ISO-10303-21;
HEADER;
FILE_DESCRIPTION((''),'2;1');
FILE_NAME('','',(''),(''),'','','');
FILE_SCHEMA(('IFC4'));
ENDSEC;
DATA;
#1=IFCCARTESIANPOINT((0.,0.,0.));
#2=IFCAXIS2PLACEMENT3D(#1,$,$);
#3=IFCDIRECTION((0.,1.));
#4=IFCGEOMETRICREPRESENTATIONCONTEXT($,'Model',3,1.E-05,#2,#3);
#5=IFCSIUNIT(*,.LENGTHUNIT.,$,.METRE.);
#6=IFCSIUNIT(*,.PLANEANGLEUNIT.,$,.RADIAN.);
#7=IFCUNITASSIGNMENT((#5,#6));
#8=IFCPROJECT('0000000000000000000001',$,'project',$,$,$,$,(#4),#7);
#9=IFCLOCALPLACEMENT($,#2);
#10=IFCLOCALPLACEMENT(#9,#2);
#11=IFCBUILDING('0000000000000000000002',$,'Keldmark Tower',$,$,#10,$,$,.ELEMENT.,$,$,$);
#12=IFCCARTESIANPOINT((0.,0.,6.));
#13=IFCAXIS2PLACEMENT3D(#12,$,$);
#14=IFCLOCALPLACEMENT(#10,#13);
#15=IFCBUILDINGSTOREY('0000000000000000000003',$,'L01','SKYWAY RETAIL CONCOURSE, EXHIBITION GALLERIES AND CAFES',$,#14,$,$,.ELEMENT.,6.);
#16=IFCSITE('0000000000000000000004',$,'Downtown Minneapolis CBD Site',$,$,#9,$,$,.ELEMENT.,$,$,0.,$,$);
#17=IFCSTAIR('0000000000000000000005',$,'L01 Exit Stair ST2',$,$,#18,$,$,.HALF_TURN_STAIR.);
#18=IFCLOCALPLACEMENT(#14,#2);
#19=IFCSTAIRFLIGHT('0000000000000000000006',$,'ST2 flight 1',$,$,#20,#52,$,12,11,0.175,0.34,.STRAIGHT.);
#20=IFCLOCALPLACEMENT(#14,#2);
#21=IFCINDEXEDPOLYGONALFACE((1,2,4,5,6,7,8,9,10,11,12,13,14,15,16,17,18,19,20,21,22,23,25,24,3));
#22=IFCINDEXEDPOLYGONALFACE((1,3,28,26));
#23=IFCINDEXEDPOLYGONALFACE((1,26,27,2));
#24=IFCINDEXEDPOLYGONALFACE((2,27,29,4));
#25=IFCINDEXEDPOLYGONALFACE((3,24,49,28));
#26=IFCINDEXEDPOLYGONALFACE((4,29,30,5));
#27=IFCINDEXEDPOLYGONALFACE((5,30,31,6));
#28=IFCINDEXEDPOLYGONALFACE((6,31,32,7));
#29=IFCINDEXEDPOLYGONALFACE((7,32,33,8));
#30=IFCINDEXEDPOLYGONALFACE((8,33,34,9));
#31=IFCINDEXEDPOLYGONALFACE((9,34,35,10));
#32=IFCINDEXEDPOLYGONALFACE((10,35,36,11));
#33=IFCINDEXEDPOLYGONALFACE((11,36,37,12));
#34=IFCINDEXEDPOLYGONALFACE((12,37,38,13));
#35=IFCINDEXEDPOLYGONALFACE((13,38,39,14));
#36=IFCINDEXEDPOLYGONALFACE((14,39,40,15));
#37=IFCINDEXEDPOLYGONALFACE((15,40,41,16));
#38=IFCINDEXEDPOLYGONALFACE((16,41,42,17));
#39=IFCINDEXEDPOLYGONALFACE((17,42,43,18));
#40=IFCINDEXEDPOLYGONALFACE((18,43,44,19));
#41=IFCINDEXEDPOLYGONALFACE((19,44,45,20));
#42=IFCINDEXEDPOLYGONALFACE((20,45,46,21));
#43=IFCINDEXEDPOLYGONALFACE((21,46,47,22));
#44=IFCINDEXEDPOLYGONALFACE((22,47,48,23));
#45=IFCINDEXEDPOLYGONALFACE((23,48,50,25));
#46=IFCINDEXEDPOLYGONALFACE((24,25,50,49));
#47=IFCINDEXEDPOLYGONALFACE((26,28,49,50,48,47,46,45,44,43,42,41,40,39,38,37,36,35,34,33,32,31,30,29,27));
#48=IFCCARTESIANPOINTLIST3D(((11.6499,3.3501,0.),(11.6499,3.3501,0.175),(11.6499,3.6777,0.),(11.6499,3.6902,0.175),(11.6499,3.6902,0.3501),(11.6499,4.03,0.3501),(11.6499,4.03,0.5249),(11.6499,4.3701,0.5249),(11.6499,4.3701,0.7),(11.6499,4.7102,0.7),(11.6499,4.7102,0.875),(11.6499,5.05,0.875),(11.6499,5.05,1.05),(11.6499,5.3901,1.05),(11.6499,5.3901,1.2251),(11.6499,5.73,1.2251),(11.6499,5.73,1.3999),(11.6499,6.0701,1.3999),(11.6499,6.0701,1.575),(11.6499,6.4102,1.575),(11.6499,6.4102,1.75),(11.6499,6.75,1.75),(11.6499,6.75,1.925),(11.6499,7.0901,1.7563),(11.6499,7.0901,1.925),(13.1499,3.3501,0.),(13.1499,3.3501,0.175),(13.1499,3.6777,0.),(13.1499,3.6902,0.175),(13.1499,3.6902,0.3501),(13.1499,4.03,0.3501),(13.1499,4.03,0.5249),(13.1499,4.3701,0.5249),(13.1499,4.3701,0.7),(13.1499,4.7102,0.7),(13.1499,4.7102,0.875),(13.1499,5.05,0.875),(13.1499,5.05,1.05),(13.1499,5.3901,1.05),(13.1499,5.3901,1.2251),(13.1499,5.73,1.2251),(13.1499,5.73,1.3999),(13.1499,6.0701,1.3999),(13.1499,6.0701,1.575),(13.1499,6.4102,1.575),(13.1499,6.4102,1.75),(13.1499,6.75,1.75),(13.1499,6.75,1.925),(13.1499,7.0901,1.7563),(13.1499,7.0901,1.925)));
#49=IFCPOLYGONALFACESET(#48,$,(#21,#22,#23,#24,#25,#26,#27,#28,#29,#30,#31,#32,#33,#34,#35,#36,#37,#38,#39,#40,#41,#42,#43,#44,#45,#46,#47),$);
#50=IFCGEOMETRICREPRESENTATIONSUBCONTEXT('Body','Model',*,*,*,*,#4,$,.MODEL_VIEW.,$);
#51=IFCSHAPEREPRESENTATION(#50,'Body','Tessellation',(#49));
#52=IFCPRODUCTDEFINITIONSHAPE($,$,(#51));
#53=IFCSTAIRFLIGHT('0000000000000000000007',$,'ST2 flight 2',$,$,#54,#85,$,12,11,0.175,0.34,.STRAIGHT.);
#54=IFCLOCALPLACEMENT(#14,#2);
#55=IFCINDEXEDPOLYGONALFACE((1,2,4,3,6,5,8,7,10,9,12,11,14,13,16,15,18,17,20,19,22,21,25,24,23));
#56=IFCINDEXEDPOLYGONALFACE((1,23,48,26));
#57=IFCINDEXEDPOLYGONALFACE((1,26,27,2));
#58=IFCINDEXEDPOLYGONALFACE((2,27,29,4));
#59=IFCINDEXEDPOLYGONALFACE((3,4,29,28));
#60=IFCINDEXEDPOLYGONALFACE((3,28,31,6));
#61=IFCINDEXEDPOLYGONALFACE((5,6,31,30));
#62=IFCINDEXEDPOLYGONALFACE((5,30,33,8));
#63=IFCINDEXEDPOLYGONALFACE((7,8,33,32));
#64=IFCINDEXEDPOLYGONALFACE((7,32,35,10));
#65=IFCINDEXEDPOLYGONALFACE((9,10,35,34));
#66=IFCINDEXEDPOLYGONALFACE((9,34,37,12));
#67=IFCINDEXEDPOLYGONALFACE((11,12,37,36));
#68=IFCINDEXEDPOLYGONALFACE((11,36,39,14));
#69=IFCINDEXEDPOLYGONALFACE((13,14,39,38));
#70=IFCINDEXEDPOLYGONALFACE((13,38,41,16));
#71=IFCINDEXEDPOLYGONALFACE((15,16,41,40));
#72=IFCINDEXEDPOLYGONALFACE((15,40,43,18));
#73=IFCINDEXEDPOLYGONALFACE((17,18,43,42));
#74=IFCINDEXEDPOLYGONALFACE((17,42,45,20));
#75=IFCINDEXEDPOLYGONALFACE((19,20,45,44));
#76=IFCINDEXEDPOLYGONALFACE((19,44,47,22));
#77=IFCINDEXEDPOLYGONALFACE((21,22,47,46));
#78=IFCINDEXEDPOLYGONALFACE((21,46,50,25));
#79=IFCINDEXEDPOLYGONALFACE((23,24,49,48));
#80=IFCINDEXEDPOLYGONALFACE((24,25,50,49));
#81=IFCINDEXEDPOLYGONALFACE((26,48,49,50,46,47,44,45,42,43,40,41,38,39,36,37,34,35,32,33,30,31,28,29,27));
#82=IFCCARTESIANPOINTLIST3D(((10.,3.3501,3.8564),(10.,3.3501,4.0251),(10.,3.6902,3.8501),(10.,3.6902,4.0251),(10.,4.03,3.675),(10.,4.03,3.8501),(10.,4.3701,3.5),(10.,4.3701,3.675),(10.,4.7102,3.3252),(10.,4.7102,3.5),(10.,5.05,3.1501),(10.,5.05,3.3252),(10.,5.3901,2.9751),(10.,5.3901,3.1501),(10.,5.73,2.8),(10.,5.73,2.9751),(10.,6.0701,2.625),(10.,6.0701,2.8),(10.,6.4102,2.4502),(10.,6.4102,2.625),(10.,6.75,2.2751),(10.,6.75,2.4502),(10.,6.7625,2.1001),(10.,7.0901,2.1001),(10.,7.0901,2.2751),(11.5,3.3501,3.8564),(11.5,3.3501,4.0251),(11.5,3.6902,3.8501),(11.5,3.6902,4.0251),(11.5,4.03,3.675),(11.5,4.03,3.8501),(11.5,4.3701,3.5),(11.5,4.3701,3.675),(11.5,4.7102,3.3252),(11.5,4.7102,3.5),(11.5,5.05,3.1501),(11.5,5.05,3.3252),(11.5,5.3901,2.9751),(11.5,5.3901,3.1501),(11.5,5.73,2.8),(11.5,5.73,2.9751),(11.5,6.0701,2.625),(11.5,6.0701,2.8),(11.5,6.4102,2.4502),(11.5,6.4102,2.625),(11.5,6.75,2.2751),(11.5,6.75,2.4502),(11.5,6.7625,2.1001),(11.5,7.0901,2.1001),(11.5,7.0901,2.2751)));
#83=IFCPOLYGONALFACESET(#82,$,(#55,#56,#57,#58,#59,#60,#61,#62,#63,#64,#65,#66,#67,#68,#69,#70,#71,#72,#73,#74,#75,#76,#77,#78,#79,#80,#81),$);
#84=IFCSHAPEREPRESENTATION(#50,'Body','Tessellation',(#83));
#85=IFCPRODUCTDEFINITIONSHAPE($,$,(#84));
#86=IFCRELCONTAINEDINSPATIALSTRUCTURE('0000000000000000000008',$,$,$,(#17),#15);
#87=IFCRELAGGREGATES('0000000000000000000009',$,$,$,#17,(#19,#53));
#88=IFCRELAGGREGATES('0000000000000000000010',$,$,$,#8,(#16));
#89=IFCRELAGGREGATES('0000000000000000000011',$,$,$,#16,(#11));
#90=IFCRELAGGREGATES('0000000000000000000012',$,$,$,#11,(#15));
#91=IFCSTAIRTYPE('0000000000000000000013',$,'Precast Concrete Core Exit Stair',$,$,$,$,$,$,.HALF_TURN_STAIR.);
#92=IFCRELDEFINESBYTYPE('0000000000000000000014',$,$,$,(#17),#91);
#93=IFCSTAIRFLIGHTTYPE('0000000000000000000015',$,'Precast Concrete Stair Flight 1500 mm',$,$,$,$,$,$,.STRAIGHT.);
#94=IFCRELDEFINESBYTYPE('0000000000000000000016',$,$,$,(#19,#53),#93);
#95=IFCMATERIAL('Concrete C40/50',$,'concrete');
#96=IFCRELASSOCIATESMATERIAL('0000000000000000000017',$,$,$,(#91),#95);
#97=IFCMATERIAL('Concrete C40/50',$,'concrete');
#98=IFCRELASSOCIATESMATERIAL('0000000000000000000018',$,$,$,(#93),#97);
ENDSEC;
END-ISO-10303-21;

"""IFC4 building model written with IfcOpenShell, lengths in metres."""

from ifc_helpers import new_model, si_unit, direction, frame, origin, place, context, subcontext, project, spatial, polyline, outline, extrude, material, type_object, element, aggregate, save


model = new_model("IFC4")

# Units and contexts
model_context = context("Model", 3, precision=1e-05, world=origin(), true_north=direction((0.0, 1.0)))
body_context = subcontext(model_context, "Body", "Model", "MODEL_VIEW")
ifc_project = project(units=[si_unit("LENGTHUNIT", "METRE"), si_unit("PLANEANGLEUNIT", "RADIAN")], contexts=[model_context])

# Site, building, storey
site_placement = place(None, origin())
site = spatial("IfcSite", under=ifc_project, at=site_placement, Name="Downtown Minneapolis CBD Site", CompositionType="ELEMENT", RefElevation=0.0)
building_placement = place(site_placement, origin())
building = spatial("IfcBuilding", under=site, at=building_placement, Name="Keldmark Tower", CompositionType="ELEMENT")
storey_placement = place(building_placement, frame((0.0, 0.0, 6.0)))
storey = spatial("IfcBuildingStorey", under=building, at=storey_placement, Name="L01", Description="SKYWAY RETAIL CONCOURSE, EXHIBITION GALLERIES AND CAFES", CompositionType="ELEMENT", Elevation=6.0)

# Stair, stair flights
ifc_material_1 = material(Name="Concrete C40/50", Category="concrete")
stair_type = type_object("IfcStairType", Name="Precast Concrete Core Exit Stair", PredefinedType="HALF_TURN_STAIR", material=ifc_material_1)
stair_placement = place(storey_placement, origin())
stair = element("IfcStair", 1, at=stair_placement, inside=storey, type_object=stair_type, Name="L01 Exit Stair ST2", PredefinedType="HALF_TURN_STAIR")
ifc_material_2 = material(Name="Concrete C40/50", Category="concrete")
stair_flight_type = type_object("IfcStairFlightType", Name="Precast Concrete Stair Flight 1500 mm", PredefinedType="STRAIGHT", material=ifc_material_2)
stair_flight_1_placement = place(storey_placement, frame((12.3999, 3.3501, 0.0), z_axis=(0.0, 0.0, 1.0), x_axis=(0.0, 1.0, 0.0)))
stair_flight_1 = element("IfcStairFlight", 2, at=stair_flight_1_placement, type_object=stair_flight_type, Name="ST2 flight 1", NumberOfRisers=12, NumberOfTreads=11, PredefinedType="STRAIGHT", RiserHeight=0.175, TreadLength=0.34, context=body_context, shape_type="SweptSolid", body=[
    extrude(outline(polyline([(0.0, 0.0), (0.0, 0.175), (0.3401, 0.175), (0.3401, 0.3501), (0.6799, 0.3501), (0.6799, 0.5249), (1.02, 0.5249), (1.02, 0.7), (1.3601, 0.7), (1.3601, 0.875), (1.7, 0.875), (1.7, 1.05), (2.04, 1.05), (2.04, 1.2251), (2.3799, 1.2251), (2.3799, 1.3999), (2.72, 1.3999), (2.72, 1.575), (3.0601, 1.575), (3.0601, 1.75), (3.3999, 1.75), (3.3999, 1.925), (3.74, 1.925), (3.74, 2.1001), (3.74, 1.7563), (0.3276, 0.0), (0.0, 0.0)])), frame((0.0, 0.75, 0.0), z_axis=(0.0, -1.0, 0.0), x_axis=(1.0, 0.0, 0.0)), (0.0, 0.0, 1.0), 1.5),
])
stair_flight_2_placement = place(storey_placement, frame((10.75, 7.0901, 2.1001), z_axis=(0.0, 0.0, 1.0), x_axis=(0.0, -1.0, 0.0)))
stair_flight_2 = element("IfcStairFlight", 3, at=stair_flight_2_placement, type_object=stair_flight_type, Name="ST2 flight 2", NumberOfRisers=12, NumberOfTreads=11, PredefinedType="STRAIGHT", RiserHeight=0.175, TreadLength=0.34, context=body_context, shape_type="SweptSolid", body=[
    extrude(outline(polyline([(0.0, 0.0), (0.0, 0.175), (0.3401, 0.175), (0.3401, 0.3501), (0.6799, 0.3501), (0.6799, 0.5249), (1.02, 0.5249), (1.02, 0.7), (1.3601, 0.7), (1.3601, 0.875), (1.7, 0.875), (1.7, 1.05), (2.04, 1.05), (2.04, 1.2251), (2.3799, 1.2251), (2.3799, 1.3999), (2.72, 1.3999), (2.72, 1.575), (3.0601, 1.575), (3.0601, 1.75), (3.3999, 1.75), (3.3999, 1.925), (3.74, 1.925), (3.74, 2.1001), (3.74, 1.7563), (0.3276, 0.0), (0.0, 0.0)])), frame((0.0, 0.75, 0.0), z_axis=(0.0, -1.0, 0.0), x_axis=(1.0, 0.0, 0.0)), (0.0, 0.0, 1.0), 1.5),
])
aggregate(stair, [stair_flight_1, stair_flight_2])

save(model, "model.ifc")
